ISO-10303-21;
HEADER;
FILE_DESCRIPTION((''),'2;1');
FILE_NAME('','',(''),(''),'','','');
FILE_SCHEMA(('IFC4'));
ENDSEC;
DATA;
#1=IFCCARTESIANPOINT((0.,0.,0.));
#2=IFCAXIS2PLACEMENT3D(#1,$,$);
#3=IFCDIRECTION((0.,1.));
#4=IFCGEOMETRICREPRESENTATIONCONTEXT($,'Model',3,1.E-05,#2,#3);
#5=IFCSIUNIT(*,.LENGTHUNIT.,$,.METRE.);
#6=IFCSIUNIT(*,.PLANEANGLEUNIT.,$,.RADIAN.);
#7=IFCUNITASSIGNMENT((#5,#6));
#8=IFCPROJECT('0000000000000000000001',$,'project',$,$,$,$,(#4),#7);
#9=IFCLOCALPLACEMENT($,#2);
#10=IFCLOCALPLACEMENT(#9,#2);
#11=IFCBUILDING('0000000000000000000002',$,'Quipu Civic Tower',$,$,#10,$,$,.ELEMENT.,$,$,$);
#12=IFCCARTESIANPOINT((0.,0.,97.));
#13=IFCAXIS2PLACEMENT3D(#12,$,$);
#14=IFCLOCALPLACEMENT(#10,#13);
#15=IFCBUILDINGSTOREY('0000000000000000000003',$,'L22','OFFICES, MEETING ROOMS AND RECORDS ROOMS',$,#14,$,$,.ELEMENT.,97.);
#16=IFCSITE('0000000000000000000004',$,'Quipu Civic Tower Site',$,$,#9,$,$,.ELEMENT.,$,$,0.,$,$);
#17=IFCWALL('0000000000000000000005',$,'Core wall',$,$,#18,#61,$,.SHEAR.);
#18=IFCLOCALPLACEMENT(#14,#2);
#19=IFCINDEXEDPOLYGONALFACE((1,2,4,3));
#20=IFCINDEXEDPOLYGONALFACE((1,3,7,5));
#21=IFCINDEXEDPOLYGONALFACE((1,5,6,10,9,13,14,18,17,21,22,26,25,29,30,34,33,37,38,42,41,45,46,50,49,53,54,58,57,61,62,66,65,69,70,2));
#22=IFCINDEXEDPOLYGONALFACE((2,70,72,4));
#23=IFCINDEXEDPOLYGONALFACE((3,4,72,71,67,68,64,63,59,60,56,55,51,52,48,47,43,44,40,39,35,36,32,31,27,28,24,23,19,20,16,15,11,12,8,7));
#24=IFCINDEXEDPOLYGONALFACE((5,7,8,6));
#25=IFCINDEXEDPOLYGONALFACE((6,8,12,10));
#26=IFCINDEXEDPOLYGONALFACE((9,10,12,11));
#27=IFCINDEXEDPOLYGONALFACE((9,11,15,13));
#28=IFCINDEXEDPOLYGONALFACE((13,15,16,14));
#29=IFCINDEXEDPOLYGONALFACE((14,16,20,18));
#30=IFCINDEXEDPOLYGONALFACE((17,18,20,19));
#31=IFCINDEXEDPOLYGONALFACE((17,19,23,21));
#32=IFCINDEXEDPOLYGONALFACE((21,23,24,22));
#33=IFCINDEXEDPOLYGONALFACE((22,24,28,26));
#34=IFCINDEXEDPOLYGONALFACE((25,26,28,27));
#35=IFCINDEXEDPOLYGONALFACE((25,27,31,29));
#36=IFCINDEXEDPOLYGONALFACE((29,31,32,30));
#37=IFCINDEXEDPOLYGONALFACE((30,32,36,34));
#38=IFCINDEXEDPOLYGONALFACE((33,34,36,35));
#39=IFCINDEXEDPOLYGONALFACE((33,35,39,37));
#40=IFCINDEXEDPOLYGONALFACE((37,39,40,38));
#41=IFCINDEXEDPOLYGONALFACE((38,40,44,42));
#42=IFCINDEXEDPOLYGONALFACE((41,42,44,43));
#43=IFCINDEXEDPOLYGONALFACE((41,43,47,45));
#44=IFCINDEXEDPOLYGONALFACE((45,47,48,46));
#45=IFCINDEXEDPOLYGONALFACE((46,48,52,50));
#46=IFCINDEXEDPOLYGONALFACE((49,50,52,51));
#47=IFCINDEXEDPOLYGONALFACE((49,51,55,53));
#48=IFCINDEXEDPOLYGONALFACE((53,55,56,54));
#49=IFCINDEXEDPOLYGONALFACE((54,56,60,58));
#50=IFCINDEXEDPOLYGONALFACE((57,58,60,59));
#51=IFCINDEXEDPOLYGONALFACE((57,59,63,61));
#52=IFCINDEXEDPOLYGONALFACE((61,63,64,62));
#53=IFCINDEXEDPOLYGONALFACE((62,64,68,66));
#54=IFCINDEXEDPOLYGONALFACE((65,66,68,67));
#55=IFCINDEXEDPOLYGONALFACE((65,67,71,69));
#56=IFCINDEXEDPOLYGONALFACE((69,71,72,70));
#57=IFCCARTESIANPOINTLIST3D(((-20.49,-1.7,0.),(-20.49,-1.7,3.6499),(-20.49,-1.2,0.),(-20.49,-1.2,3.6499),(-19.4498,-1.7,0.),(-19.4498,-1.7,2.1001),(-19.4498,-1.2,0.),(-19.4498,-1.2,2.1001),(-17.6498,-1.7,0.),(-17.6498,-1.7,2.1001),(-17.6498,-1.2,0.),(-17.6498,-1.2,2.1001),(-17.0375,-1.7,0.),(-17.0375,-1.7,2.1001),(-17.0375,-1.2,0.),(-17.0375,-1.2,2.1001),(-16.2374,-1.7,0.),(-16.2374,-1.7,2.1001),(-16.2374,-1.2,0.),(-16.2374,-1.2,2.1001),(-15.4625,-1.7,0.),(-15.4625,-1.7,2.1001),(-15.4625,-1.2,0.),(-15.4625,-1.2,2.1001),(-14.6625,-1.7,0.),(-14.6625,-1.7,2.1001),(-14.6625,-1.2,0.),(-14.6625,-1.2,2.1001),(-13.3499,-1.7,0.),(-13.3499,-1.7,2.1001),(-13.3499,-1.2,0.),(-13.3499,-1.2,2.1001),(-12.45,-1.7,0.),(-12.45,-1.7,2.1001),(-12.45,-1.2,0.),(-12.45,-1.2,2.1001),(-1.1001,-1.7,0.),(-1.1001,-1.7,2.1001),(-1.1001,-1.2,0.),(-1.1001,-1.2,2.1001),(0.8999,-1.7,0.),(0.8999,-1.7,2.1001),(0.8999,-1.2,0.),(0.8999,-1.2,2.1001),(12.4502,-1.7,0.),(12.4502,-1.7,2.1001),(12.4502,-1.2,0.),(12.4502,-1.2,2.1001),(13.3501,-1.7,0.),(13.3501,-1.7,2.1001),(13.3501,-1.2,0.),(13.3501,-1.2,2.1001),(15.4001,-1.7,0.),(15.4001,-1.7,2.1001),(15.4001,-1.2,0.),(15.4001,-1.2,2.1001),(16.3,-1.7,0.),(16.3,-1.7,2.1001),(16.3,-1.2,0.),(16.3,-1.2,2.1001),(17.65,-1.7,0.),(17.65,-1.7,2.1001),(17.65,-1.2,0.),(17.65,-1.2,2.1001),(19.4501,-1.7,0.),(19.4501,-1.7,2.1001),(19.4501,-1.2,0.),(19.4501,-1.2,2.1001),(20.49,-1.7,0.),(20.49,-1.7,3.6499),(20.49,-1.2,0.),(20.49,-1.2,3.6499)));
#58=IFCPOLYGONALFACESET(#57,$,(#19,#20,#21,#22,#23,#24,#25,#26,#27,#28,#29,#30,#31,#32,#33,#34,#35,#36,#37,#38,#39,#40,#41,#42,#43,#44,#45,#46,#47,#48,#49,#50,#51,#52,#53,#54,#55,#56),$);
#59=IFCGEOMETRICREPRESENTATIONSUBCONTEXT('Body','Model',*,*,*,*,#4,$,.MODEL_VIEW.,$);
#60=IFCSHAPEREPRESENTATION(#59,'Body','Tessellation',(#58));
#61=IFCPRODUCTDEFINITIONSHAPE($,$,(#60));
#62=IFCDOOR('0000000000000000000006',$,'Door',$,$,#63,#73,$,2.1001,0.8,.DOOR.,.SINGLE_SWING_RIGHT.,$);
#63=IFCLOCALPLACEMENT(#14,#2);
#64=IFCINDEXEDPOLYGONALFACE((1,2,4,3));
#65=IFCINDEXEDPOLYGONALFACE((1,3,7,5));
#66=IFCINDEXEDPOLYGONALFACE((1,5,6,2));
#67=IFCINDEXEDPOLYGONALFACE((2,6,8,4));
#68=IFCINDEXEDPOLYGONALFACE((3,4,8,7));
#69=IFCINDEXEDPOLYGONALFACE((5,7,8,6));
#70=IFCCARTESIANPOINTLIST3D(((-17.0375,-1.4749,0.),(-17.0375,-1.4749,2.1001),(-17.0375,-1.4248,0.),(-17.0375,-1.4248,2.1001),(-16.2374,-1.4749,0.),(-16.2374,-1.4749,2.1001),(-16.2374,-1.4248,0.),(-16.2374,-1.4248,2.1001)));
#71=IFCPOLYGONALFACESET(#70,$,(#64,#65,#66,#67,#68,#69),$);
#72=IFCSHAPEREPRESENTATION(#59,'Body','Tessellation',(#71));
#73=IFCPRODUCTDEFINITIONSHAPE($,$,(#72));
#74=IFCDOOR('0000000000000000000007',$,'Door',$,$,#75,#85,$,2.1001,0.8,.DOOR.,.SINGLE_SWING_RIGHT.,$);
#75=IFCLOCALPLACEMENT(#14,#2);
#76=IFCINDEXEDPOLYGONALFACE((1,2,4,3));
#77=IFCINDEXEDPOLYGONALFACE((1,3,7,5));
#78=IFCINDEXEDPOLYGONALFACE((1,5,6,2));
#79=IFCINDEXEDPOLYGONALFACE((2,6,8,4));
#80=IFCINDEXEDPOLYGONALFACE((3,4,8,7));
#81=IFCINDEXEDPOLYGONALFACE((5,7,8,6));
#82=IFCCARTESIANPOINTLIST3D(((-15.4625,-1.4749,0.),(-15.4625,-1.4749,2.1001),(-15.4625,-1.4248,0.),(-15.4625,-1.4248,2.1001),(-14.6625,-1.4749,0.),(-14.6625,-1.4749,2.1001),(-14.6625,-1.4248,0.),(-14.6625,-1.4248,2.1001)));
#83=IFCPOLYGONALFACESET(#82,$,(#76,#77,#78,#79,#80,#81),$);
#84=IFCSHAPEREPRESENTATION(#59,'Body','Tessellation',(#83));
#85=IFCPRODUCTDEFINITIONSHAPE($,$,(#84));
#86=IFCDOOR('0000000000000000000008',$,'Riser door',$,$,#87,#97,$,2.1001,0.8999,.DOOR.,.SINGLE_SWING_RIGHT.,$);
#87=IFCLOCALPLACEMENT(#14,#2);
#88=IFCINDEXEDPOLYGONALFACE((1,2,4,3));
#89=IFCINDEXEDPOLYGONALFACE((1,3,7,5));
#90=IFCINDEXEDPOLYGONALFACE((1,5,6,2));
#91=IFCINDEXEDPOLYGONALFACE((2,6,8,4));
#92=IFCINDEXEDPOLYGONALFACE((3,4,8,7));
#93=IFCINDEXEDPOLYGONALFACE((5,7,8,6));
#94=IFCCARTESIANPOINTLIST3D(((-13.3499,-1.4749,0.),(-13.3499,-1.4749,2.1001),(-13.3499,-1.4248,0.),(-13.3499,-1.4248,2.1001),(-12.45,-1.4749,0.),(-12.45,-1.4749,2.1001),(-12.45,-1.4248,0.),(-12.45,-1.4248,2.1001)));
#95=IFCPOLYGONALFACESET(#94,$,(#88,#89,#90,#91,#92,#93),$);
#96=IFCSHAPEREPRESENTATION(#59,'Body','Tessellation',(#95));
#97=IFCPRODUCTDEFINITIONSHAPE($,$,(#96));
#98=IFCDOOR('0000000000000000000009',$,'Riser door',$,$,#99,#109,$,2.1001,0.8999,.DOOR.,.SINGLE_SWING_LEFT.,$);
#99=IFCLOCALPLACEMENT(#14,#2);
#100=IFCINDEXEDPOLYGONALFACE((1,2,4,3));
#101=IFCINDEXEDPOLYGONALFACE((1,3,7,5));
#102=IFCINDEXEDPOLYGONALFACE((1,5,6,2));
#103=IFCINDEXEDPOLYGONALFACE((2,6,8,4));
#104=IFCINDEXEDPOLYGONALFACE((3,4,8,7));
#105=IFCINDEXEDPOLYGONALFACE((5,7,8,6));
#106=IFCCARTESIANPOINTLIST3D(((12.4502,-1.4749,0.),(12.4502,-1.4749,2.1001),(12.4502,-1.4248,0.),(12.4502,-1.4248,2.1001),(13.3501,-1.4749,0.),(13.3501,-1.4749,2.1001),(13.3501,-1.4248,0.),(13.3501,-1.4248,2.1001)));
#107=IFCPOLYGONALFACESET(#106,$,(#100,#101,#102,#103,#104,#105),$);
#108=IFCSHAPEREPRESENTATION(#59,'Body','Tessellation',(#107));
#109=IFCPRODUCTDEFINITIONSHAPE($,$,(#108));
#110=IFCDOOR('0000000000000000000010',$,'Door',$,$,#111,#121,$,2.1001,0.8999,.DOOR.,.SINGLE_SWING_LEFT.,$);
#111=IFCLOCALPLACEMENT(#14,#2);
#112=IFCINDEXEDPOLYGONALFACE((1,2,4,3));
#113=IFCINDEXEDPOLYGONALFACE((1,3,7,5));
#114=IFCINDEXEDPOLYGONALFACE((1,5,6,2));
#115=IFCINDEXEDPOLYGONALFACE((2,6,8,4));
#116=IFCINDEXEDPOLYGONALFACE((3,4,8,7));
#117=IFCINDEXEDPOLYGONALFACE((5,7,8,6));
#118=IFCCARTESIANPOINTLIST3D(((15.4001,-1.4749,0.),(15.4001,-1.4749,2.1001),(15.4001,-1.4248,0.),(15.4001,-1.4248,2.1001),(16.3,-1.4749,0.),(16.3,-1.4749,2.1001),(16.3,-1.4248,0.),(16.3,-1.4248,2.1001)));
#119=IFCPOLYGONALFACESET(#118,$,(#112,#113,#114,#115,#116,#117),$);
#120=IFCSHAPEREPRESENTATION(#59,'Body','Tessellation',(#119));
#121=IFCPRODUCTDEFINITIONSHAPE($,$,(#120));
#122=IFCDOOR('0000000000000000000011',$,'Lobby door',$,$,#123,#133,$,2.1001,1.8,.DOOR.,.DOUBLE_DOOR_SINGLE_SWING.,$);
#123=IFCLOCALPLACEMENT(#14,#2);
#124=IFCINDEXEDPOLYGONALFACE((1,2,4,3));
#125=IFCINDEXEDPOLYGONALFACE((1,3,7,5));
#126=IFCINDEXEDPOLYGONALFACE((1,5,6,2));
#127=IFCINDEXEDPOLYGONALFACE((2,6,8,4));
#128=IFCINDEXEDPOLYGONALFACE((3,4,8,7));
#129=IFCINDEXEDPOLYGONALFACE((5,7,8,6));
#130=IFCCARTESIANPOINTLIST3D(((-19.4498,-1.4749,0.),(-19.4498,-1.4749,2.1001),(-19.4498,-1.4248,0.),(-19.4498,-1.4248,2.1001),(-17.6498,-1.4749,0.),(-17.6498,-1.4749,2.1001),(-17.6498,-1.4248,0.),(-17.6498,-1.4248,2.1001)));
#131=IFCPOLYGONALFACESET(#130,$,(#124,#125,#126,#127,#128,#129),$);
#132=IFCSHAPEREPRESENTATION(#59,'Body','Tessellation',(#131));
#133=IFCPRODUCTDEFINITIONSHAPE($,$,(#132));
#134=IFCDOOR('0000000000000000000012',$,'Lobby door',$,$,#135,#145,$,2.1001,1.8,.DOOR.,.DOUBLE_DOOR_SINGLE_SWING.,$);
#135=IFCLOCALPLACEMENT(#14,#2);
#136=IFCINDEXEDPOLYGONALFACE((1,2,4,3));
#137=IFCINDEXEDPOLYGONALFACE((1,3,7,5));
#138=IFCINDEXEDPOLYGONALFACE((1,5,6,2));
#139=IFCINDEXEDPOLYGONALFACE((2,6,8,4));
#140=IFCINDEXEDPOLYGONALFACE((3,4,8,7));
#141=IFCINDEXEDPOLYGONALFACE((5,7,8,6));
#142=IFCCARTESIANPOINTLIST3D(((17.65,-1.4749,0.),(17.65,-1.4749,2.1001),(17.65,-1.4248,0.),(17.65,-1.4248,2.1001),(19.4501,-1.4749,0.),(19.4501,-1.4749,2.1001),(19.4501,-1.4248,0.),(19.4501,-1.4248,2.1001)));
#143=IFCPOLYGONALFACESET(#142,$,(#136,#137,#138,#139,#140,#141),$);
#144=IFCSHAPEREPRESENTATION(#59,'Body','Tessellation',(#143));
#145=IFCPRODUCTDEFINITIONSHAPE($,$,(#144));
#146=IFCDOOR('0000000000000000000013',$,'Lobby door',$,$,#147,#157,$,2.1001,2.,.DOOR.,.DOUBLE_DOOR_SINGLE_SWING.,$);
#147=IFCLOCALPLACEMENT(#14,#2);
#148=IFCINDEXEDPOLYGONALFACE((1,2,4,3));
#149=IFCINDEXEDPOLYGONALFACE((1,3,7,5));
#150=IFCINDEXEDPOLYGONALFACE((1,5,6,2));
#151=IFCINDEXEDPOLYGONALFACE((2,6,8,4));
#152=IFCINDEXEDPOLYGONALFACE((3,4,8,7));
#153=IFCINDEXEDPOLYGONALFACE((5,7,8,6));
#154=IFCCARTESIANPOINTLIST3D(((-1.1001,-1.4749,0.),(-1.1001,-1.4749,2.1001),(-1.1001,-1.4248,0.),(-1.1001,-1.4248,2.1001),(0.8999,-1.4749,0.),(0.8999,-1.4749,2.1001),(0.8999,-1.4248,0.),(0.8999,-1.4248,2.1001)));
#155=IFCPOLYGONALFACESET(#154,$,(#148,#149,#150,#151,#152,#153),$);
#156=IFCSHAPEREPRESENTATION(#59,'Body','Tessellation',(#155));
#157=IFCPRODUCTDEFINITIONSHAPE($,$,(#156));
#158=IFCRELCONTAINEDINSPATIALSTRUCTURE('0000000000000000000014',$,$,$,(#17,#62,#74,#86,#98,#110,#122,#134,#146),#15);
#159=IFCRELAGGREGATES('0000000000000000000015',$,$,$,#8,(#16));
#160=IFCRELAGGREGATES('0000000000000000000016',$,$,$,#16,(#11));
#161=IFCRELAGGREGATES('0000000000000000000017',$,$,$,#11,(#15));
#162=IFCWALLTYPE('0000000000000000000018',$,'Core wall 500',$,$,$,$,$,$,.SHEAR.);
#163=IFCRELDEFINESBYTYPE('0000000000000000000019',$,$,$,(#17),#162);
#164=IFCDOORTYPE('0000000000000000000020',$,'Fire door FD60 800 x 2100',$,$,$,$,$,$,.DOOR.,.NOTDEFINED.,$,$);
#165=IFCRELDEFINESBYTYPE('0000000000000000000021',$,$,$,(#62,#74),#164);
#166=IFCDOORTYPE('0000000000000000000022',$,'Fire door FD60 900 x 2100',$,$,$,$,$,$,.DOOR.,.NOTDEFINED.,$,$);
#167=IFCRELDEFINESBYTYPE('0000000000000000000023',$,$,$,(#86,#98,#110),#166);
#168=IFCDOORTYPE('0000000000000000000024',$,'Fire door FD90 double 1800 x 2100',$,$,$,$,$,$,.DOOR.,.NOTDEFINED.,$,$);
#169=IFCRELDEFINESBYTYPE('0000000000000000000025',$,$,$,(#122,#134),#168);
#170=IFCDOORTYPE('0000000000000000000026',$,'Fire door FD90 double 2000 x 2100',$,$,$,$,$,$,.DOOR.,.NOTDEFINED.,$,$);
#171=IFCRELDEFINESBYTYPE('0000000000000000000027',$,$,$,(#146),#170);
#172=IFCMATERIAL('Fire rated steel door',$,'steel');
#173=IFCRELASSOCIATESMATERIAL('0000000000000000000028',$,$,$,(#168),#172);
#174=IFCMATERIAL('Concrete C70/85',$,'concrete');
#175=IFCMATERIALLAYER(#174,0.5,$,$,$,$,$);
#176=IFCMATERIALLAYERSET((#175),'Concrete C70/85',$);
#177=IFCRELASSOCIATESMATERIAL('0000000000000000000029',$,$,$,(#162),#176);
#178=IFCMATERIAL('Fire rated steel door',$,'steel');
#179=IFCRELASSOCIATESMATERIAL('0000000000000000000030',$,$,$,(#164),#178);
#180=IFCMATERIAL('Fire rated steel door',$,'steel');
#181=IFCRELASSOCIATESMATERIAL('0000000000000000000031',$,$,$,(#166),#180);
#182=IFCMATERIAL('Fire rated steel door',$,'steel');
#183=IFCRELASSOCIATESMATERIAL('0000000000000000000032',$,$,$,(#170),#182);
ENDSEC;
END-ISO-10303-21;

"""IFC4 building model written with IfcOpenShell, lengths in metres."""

from ifc_helpers import new_model, si_unit, direction, frame, frame_2d, origin, place, context, subcontext, project, spatial, rectangle, extrude, material, layer, layer_set, type_object, element, fill, save


model = new_model("IFC4")

# Units and contexts
model_context = context("Model", 3, precision=1e-05, world=origin(), true_north=direction((0.0, 1.0)))
body_context = subcontext(model_context, "Body", "Model", "MODEL_VIEW")
ifc_project = project(units=[si_unit("LENGTHUNIT", "METRE"), si_unit("PLANEANGLEUNIT", "RADIAN")], contexts=[model_context])

# Site, building, storey
site_placement = place(None, origin())
site = spatial("IfcSite", under=ifc_project, at=site_placement, Name="Quipu Civic Tower Site", CompositionType="ELEMENT", RefElevation=0.0)
building_placement = place(site_placement, origin())
building = spatial("IfcBuilding", under=site, at=building_placement, Name="Quipu Civic Tower", CompositionType="ELEMENT")
storey_placement = place(building_placement, frame((0.0, 0.0, 97.0)))
storey = spatial("IfcBuildingStorey", under=building, at=storey_placement, Name="L22", Description="OFFICES, MEETING ROOMS AND RECORDS ROOMS", CompositionType="ELEMENT", Elevation=97.0)

# Shared definitions
ifc_material_1 = material(Name="Fire rated steel door", Category="steel")
door_type_1 = type_object("IfcDoorType", Name="Fire door FD90 double 1800 x 2100", OperationType="NOTDEFINED", PredefinedType="DOOR", material=ifc_material_1)

# Shared definitions
ifc_material_2 = material(Name="Concrete C70/85", Category="concrete")
ifc_layer_1 = layer(ifc_material_2, 0.5)
ifc_layer_set_1 = layer_set([ifc_layer_1], Name="Concrete C70/85")
wall_type_1 = type_object("IfcWallType", Name="Core wall 500", PredefinedType="SHEAR", material=ifc_layer_set_1)

# Wall, openings, doors
wall_1_placement = place(storey_placement, frame((20.49, -1.45, 0.0), z_axis=(0.0, 0.0, 1.0), x_axis=(-1.0, 0.0, 0.0)))
wall_1 = element("IfcWall", 1, at=wall_1_placement, inside=storey, type_object=wall_type_1, Name="Core wall", PredefinedType="SHEAR", context=body_context, shape_type="SweptSolid", body=[
    extrude(rectangle(XDim=40.98, YDim=0.5, at=frame_2d((20.49, 0.0))), origin(), (0.0, 0.0, 1.0), 3.6499),
])
opening_1_placement = place(wall_1_placement, frame((38.1399, 0.0, 0.0)))
opening_1 = element("IfcOpeningElement", 2, at=opening_1_placement, cuts=wall_1, PredefinedType="OPENING", context=body_context, shape_type="SweptSolid", body=[
    extrude(rectangle(XDim=1.8, YDim=2.1001, at=frame_2d((0.8999, 1.05))), frame((0.0, 0.26, 0.0), z_axis=(0.0, -1.0, 0.0), x_axis=(1.0, 0.0, 0.0)), (0.0, 0.0, 1.0), 0.52),
])
opening_2_placement = place(wall_1_placement, frame((36.7275, 0.0, 0.0)))
opening_2 = element("IfcOpeningElement", 3, at=opening_2_placement, cuts=wall_1, PredefinedType="OPENING", context=body_context, shape_type="SweptSolid", body=[
    extrude(rectangle(XDim=0.8, YDim=2.1001, at=frame_2d((0.3999, 1.05))), frame((0.0, 0.26, 0.0), z_axis=(0.0, -1.0, 0.0), x_axis=(1.0, 0.0, 0.0)), (0.0, 0.0, 1.0), 0.52),
])
opening_3_placement = place(wall_1_placement, frame((35.1526, 0.0, 0.0)))
opening_3 = element("IfcOpeningElement", 4, at=opening_3_placement, cuts=wall_1, PredefinedType="OPENING", context=body_context, shape_type="SweptSolid", body=[
    extrude(rectangle(XDim=0.8, YDim=2.1001, at=frame_2d((0.3999, 1.05))), frame((0.0, 0.26, 0.0), z_axis=(0.0, -1.0, 0.0), x_axis=(1.0, 0.0, 0.0)), (0.0, 0.0, 1.0), 0.52),
])
opening_4_placement = place(wall_1_placement, frame((32.9399, 0.0, 0.0)))
opening_4 = element("IfcOpeningElement", 5, at=opening_4_placement, cuts=wall_1, PredefinedType="OPENING", context=body_context, shape_type="SweptSolid", body=[
    extrude(rectangle(XDim=0.8999, YDim=2.1001, at=frame_2d((0.45, 1.05))), frame((0.0, 0.26, 0.0), z_axis=(0.0, -1.0, 0.0), x_axis=(1.0, 0.0, 0.0)), (0.0, 0.0, 1.0), 0.52),
])
opening_5_placement = place(wall_1_placement, frame((19.5901, 0.0, 0.0)))
opening_5 = element("IfcOpeningElement", 6, at=opening_5_placement, cuts=wall_1, PredefinedType="OPENING", context=body_context, shape_type="SweptSolid", body=[
    extrude(rectangle(XDim=2.0, YDim=2.1001, at=frame_2d((1.0, 1.05))), frame((0.0, 0.26, 0.0), z_axis=(0.0, -1.0, 0.0), x_axis=(1.0, 0.0, 0.0)), (0.0, 0.0, 1.0), 0.52),
])
opening_6_placement = place(wall_1_placement, frame((7.1399, 0.0, 0.0)))
opening_6 = element("IfcOpeningElement", 7, at=opening_6_placement, cuts=wall_1, PredefinedType="OPENING", context=body_context, shape_type="SweptSolid", body=[
    extrude(rectangle(XDim=0.8999, YDim=2.1001, at=frame_2d((0.45, 1.05))), frame((0.0, 0.26, 0.0), z_axis=(0.0, -1.0, 0.0), x_axis=(1.0, 0.0, 0.0)), (0.0, 0.0, 1.0), 0.52),
])
opening_7_placement = place(wall_1_placement, frame((4.1899, 0.0, 0.0)))
opening_7 = element("IfcOpeningElement", 8, at=opening_7_placement, cuts=wall_1, PredefinedType="OPENING", context=body_context, shape_type="SweptSolid", body=[
    extrude(rectangle(XDim=0.8999, YDim=2.1001, at=frame_2d((0.45, 1.05))), frame((0.0, 0.26, 0.0), z_axis=(0.0, -1.0, 0.0), x_axis=(1.0, 0.0, 0.0)), (0.0, 0.0, 1.0), 0.52),
])
opening_8_placement = place(wall_1_placement, frame((1.04, 0.0, 0.0)))
opening_8 = element("IfcOpeningElement", 9, at=opening_8_placement, cuts=wall_1, PredefinedType="OPENING", context=body_context, shape_type="SweptSolid", body=[
    extrude(rectangle(XDim=1.8, YDim=2.1001, at=frame_2d((0.8999, 1.05))), frame((0.0, 0.26, 0.0), z_axis=(0.0, -1.0, 0.0), x_axis=(1.0, 0.0, 0.0)), (0.0, 0.0, 1.0), 0.52),
])
ifc_material_3 = material(Name="Fire rated steel door", Category="steel")
door_type_2 = type_object("IfcDoorType", Name="Fire door FD60 800 x 2100", OperationType="NOTDEFINED", PredefinedType="DOOR", material=ifc_material_3)
door_1_placement = place(opening_2_placement, origin())
door_1 = element("IfcDoor", 10, at=door_1_placement, inside=storey, type_object=door_type_2, Name="Door", OperationType="SINGLE_SWING_RIGHT", OverallHeight=2.1001, OverallWidth=0.8, PredefinedType="DOOR", context=body_context, shape_type="SweptSolid", body=[
    extrude(rectangle(XDim=0.8, YDim=2.1001, at=frame_2d((0.3999, 1.05))), frame((0.0, 0.0249, 0.0), z_axis=(0.0, -1.0, 0.0), x_axis=(1.0, 0.0, 0.0)), (0.0, 0.0, 1.0), 0.05),
])
fill(opening_2, door_1)
door_2_placement = place(opening_3_placement, origin())
door_2 = element("IfcDoor", 11, at=door_2_placement, inside=storey, type_object=door_type_2, Name="Door", OperationType="SINGLE_SWING_RIGHT", OverallHeight=2.1001, OverallWidth=0.8, PredefinedType="DOOR", context=body_context, shape_type="SweptSolid", body=[
    extrude(rectangle(XDim=0.8, YDim=2.1001, at=frame_2d((0.3999, 1.05))), frame((0.0, 0.0249, 0.0), z_axis=(0.0, -1.0, 0.0), x_axis=(1.0, 0.0, 0.0)), (0.0, 0.0, 1.0), 0.05),
])
fill(opening_3, door_2)
ifc_material_4 = material(Name="Fire rated steel door", Category="steel")
door_type_3 = type_object("IfcDoorType", Name="Fire door FD60 900 x 2100", OperationType="NOTDEFINED", PredefinedType="DOOR", material=ifc_material_4)
door_3_placement = place(opening_4_placement, origin())
door_3 = element("IfcDoor", 12, at=door_3_placement, inside=storey, type_object=door_type_3, Name="Riser door", OperationType="SINGLE_SWING_RIGHT", OverallHeight=2.1001, OverallWidth=0.8999, PredefinedType="DOOR", context=body_context, shape_type="SweptSolid", body=[
    extrude(rectangle(XDim=0.8999, YDim=2.1001, at=frame_2d((0.45, 1.05))), frame((0.0, 0.0249, 0.0), z_axis=(0.0, -1.0, 0.0), x_axis=(1.0, 0.0, 0.0)), (0.0, 0.0, 1.0), 0.05),
])
fill(opening_4, door_3)
door_4_placement = place(opening_6_placement, origin())
door_4 = element("IfcDoor", 13, at=door_4_placement, inside=storey, type_object=door_type_3, Name="Riser door", OperationType="SINGLE_SWING_LEFT", OverallHeight=2.1001, OverallWidth=0.8999, PredefinedType="DOOR", context=body_context, shape_type="SweptSolid", body=[
    extrude(rectangle(XDim=0.8999, YDim=2.1001, at=frame_2d((0.45, 1.05))), frame((0.0, 0.0249, 0.0), z_axis=(0.0, -1.0, 0.0), x_axis=(1.0, 0.0, 0.0)), (0.0, 0.0, 1.0), 0.05),
])
fill(opening_6, door_4)
door_5_placement = place(opening_7_placement, origin())
door_5 = element("IfcDoor", 14, at=door_5_placement, inside=storey, type_object=door_type_3, Name="Door", OperationType="SINGLE_SWING_LEFT", OverallHeight=2.1001, OverallWidth=0.8999, PredefinedType="DOOR", context=body_context, shape_type="SweptSolid", body=[
    extrude(rectangle(XDim=0.8999, YDim=2.1001, at=frame_2d((0.45, 1.05))), frame((0.0, 0.0249, 0.0), z_axis=(0.0, -1.0, 0.0), x_axis=(1.0, 0.0, 0.0)), (0.0, 0.0, 1.0), 0.05),
])
fill(opening_7, door_5)
door_6_placement = place(opening_1_placement, origin())
door_6 = element("IfcDoor", 15, at=door_6_placement, inside=storey, type_object=door_type_1, Name="Lobby door", OperationType="DOUBLE_DOOR_SINGLE_SWING", OverallHeight=2.1001, OverallWidth=1.8, PredefinedType="DOOR", context=body_context, shape_type="SweptSolid", body=[
    extrude(rectangle(XDim=1.8, YDim=2.1001, at=frame_2d((0.8999, 1.05))), frame((0.0, 0.0249, 0.0), z_axis=(0.0, -1.0, 0.0), x_axis=(1.0, 0.0, 0.0)), (0.0, 0.0, 1.0), 0.05),
])
fill(opening_1, door_6)
door_7_placement = place(opening_8_placement, origin())
door_7 = element("IfcDoor", 16, at=door_7_placement, inside=storey, type_object=door_type_1, Name="Lobby door", OperationType="DOUBLE_DOOR_SINGLE_SWING", OverallHeight=2.1001, OverallWidth=1.8, PredefinedType="DOOR", context=body_context, shape_type="SweptSolid", body=[
    extrude(rectangle(XDim=1.8, YDim=2.1001, at=frame_2d((0.8999, 1.05))), frame((0.0, 0.0249, 0.0), z_axis=(0.0, -1.0, 0.0), x_axis=(1.0, 0.0, 0.0)), (0.0, 0.0, 1.0), 0.05),
])
fill(opening_8, door_7)
ifc_material_5 = material(Name="Fire rated steel door", Category="steel")
door_type_4 = type_object("IfcDoorType", Name="Fire door FD90 double 2000 x 2100", OperationType="NOTDEFINED", PredefinedType="DOOR", material=ifc_material_5)
door_8_placement = place(opening_5_placement, origin())
door_8 = element("IfcDoor", 17, at=door_8_placement, inside=storey, type_object=door_type_4, Name="Lobby door", OperationType="DOUBLE_DOOR_SINGLE_SWING", OverallHeight=2.1001, OverallWidth=2.0, PredefinedType="DOOR", context=body_context, shape_type="SweptSolid", body=[
    extrude(rectangle(XDim=2.0, YDim=2.1001, at=frame_2d((1.0, 1.05))), frame((0.0, 0.0249, 0.0), z_axis=(0.0, -1.0, 0.0), x_axis=(1.0, 0.0, 0.0)), (0.0, 0.0, 1.0), 0.05),
])
fill(opening_5, door_8)

save(model, "model.ifc")
